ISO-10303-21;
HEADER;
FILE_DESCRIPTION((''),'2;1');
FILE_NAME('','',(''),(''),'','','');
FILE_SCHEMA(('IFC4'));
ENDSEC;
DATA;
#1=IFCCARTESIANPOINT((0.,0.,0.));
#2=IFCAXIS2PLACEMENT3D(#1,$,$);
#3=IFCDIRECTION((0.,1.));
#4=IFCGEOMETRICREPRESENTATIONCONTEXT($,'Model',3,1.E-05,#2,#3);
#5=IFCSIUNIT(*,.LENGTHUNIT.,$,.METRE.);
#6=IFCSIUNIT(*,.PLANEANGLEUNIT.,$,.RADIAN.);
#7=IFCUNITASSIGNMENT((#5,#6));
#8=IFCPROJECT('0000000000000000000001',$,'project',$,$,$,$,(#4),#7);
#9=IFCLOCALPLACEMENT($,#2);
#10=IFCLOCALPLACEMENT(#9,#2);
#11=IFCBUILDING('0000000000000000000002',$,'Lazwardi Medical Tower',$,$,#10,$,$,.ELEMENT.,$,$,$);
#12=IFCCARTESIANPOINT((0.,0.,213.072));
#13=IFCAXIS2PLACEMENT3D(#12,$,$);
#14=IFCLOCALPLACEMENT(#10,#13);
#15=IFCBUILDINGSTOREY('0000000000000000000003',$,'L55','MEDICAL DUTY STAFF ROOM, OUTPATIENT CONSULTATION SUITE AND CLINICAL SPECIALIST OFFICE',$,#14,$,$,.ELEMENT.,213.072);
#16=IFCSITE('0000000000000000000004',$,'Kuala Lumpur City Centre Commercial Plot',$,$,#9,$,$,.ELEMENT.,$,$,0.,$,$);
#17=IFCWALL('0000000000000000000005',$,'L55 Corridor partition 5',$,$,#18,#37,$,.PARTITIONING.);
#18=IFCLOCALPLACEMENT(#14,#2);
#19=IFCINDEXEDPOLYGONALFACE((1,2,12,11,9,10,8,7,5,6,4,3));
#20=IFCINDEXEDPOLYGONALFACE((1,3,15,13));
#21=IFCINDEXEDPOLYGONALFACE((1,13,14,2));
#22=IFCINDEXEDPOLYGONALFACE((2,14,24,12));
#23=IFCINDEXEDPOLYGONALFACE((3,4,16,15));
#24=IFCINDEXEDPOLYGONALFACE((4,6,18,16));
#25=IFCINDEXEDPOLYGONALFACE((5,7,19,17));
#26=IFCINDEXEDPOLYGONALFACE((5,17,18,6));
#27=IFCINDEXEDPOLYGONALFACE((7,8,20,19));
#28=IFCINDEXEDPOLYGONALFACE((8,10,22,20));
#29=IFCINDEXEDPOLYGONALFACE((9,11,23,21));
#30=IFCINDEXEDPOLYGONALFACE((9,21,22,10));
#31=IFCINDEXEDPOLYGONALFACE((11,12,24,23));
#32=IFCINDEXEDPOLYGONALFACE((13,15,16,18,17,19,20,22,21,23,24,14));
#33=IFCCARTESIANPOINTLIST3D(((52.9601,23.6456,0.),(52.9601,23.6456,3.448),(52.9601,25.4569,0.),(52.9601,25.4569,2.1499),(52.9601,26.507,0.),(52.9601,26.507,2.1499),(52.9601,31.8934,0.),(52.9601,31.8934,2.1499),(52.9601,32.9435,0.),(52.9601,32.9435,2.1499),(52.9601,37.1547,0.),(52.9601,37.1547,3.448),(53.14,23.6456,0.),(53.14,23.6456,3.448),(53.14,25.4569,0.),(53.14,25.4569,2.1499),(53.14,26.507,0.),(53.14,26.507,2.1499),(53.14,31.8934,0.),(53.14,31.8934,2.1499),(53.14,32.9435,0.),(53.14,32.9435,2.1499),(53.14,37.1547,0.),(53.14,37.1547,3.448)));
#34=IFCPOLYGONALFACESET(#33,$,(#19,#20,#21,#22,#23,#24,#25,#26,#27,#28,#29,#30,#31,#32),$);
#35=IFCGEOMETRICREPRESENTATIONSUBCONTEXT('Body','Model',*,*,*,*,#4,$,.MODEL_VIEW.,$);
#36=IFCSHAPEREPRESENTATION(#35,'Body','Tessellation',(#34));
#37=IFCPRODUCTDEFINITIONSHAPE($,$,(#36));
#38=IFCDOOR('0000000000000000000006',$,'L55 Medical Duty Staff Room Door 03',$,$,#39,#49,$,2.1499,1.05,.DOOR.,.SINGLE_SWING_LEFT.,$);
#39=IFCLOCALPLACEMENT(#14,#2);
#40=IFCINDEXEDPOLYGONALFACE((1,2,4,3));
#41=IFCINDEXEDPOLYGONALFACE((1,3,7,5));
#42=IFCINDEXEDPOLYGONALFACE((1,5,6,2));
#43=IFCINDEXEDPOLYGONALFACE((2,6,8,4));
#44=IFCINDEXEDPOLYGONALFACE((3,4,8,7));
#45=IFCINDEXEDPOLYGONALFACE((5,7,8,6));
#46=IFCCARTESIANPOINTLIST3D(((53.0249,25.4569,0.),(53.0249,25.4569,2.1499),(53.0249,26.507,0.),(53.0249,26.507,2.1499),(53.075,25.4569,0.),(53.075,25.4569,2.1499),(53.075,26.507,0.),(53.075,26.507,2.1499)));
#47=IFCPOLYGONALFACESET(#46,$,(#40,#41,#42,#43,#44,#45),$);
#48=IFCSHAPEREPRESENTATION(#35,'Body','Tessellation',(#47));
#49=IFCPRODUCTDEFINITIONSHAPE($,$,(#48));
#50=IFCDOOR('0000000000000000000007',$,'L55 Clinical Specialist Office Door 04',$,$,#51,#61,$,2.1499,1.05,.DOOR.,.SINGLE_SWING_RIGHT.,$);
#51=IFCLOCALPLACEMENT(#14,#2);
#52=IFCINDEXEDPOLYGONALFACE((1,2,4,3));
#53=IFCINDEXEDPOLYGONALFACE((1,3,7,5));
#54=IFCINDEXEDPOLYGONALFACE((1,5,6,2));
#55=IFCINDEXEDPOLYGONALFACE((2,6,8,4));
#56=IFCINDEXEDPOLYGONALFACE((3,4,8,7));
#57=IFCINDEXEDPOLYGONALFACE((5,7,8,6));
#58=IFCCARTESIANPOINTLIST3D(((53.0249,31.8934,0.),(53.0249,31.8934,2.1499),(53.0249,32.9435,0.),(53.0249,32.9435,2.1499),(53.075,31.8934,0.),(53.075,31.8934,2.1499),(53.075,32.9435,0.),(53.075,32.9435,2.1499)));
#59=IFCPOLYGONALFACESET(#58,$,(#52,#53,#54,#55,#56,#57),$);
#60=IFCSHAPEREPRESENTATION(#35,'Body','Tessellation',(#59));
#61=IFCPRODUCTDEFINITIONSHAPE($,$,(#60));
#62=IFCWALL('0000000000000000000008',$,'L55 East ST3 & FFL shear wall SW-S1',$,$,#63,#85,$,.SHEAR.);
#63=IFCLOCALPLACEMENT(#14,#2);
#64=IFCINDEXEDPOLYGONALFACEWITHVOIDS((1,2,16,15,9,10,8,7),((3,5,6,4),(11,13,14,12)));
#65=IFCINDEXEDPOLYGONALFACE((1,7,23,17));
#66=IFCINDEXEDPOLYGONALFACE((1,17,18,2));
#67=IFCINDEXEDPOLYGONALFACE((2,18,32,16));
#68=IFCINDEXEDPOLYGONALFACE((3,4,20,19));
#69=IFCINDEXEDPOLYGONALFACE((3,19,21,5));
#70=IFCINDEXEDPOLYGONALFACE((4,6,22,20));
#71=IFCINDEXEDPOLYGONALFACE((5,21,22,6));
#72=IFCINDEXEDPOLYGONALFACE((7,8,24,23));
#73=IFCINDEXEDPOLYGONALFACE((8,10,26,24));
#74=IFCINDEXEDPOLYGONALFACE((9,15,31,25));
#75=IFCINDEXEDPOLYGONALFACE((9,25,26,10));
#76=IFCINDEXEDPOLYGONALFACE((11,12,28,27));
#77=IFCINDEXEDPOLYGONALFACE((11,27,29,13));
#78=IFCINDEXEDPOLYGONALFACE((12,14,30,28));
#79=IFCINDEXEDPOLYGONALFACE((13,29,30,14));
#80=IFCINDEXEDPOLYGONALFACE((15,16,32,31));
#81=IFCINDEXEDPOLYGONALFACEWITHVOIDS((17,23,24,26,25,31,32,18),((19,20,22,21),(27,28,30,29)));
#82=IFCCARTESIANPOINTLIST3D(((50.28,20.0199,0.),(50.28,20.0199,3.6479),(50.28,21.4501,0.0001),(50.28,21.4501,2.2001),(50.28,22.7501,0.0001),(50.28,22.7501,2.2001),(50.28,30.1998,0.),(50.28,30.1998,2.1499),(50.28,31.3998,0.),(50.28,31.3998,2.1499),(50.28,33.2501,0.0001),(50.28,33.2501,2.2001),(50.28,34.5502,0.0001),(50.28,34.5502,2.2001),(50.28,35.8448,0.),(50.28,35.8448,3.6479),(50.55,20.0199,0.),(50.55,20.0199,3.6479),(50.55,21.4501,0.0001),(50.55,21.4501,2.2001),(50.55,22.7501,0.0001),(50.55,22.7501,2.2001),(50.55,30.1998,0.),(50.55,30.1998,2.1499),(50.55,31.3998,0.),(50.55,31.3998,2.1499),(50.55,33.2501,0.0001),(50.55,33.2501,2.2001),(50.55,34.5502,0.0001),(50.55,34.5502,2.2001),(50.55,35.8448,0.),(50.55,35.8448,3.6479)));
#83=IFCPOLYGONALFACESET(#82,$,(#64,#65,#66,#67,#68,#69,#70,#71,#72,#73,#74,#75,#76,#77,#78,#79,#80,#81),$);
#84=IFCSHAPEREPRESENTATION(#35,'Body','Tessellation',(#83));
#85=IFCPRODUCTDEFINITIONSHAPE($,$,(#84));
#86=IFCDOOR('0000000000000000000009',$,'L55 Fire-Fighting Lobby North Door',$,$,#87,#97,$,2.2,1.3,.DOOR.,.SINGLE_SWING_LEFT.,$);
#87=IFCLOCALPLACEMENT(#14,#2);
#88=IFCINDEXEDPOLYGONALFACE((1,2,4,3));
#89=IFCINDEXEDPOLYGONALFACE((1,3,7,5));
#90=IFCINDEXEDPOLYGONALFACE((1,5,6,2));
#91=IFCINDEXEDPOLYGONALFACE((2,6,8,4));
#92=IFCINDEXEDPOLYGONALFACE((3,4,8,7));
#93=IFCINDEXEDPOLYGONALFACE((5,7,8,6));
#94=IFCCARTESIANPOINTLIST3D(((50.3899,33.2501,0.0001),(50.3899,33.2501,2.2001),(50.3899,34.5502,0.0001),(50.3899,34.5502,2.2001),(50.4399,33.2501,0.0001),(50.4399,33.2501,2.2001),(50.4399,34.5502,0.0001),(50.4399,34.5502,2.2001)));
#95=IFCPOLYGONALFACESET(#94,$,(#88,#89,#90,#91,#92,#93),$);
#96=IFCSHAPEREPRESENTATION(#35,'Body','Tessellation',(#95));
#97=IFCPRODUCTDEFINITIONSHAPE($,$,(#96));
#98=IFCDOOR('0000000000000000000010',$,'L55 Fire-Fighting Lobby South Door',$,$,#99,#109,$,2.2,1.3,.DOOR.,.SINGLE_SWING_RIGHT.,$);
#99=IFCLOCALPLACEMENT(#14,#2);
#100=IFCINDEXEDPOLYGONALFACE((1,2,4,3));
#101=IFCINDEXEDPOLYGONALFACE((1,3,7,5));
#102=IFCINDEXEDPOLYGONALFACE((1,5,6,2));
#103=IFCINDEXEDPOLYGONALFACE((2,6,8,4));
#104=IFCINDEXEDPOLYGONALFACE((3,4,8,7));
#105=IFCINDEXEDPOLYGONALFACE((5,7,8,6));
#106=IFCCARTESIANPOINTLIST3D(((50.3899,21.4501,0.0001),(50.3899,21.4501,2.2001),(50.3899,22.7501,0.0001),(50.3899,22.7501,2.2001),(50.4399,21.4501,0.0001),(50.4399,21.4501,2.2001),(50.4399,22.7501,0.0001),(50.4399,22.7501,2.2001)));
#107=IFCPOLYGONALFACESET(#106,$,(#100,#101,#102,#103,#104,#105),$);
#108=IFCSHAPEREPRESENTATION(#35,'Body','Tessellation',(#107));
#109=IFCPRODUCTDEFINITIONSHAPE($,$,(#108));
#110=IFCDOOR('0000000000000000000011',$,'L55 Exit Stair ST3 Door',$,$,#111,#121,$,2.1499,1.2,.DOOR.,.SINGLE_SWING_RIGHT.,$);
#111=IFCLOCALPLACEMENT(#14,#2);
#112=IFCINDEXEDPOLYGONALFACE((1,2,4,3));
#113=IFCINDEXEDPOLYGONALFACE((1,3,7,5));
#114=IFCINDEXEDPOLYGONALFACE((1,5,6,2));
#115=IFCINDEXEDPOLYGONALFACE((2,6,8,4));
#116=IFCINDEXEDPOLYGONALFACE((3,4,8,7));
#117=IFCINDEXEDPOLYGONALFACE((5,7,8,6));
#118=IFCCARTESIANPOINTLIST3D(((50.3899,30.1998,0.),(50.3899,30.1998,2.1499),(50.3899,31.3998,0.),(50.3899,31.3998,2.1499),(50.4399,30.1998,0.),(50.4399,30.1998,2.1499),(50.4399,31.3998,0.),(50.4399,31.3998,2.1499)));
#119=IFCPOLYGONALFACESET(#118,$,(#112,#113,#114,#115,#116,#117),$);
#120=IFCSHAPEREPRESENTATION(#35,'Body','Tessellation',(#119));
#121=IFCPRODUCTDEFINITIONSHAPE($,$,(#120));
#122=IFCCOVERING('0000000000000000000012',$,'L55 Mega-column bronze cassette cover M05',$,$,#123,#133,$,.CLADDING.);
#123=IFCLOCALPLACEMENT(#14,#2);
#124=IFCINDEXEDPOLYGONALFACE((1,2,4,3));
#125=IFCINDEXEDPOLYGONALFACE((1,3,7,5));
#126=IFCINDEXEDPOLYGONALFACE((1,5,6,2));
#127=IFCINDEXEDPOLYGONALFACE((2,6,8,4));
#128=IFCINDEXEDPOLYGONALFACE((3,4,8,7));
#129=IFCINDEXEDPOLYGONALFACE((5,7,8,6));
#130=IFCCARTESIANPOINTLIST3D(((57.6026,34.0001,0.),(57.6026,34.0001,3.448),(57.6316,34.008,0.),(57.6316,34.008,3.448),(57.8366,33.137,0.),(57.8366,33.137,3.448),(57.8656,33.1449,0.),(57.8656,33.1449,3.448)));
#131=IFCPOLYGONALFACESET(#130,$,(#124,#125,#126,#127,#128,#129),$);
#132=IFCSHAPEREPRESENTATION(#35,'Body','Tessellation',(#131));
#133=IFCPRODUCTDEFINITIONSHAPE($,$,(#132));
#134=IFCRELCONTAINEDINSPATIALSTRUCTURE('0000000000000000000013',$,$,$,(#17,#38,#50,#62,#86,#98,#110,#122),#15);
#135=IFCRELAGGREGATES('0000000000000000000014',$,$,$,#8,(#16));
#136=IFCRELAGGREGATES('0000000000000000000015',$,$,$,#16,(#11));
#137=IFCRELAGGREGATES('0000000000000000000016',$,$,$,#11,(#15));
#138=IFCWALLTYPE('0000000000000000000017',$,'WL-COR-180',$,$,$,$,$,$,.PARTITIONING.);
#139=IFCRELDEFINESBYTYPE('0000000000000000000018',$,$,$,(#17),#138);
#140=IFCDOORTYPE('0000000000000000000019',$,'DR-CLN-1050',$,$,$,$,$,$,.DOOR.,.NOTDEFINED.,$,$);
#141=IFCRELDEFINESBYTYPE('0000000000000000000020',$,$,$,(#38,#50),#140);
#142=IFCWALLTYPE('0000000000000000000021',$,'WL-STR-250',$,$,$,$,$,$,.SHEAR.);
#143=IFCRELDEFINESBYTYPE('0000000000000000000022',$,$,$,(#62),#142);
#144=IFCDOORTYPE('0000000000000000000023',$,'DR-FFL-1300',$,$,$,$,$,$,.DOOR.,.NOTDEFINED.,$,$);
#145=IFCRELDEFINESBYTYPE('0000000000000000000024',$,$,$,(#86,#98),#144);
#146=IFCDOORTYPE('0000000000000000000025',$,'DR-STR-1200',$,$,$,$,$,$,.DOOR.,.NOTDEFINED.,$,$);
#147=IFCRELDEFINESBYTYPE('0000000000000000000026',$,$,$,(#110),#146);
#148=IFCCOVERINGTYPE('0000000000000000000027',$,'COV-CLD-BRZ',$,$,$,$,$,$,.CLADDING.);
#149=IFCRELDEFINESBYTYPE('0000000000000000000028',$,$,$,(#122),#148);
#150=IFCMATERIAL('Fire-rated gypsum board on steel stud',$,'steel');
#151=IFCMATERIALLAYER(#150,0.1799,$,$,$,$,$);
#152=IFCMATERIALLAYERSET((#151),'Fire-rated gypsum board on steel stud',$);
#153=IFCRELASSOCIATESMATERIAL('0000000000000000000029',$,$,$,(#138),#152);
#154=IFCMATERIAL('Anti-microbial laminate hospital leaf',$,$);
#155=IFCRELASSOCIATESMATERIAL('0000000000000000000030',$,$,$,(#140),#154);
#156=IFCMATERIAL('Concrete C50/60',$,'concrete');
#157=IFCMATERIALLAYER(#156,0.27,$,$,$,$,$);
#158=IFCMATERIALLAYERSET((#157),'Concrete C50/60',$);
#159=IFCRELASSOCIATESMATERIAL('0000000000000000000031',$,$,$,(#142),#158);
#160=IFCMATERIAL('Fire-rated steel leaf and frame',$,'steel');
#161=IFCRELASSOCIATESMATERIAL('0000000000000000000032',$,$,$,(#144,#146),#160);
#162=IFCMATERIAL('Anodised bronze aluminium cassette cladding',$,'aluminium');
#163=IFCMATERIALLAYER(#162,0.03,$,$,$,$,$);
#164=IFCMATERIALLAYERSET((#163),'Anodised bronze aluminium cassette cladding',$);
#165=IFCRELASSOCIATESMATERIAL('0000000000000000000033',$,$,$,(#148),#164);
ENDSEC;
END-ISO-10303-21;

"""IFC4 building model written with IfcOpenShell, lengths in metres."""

from ifc_helpers import new_model, si_unit, direction, frame, frame_2d, origin, origin_2d, place, context, subcontext, project, spatial, rectangle, extrude, material, layer, layer_set, type_object, element, fill, save


model = new_model("IFC4")

# Units and contexts
model_context = context("Model", 3, precision=1e-05, world=origin(), true_north=direction((0.0, 1.0)))
body_context = subcontext(model_context, "Body", "Model", "MODEL_VIEW")
ifc_project = project(units=[si_unit("LENGTHUNIT", "METRE"), si_unit("PLANEANGLEUNIT", "RADIAN")], contexts=[model_context])

# Site, building, storey
site_placement = place(None, origin())
site = spatial("IfcSite", under=ifc_project, at=site_placement, Name="Kuala Lumpur City Centre Commercial Plot", CompositionType="ELEMENT", RefElevation=0.0)
building_placement = place(site_placement, origin())
building = spatial("IfcBuilding", under=site, at=building_placement, Name="Lazwardi Medical Tower", CompositionType="ELEMENT")
storey_placement = place(building_placement, frame((0.0, 0.0, 213.072)))
storey = spatial("IfcBuildingStorey", under=building, at=storey_placement, Name="L55", Description="MEDICAL DUTY STAFF ROOM, OUTPATIENT CONSULTATION SUITE AND CLINICAL SPECIALIST OFFICE", CompositionType="ELEMENT", Elevation=213.072)

# Walls, openings, doors
ifc_material_1 = material(Name="Fire-rated gypsum board on steel stud", Category="steel")
ifc_layer_1 = layer(ifc_material_1, 0.1799)
ifc_layer_set_1 = layer_set([ifc_layer_1], Name="Fire-rated gypsum board on steel stud")
wall_type_1 = type_object("IfcWallType", Name="WL-COR-180", PredefinedType="PARTITIONING", material=ifc_layer_set_1)
wall_1_placement = place(storey_placement, frame((53.05, 37.1545, 0.0), z_axis=(0.0, 0.0, 1.0), x_axis=(0.0, -1.0, 0.0)))
wall_1 = element("IfcWall", 1, at=wall_1_placement, inside=storey, type_object=wall_type_1, Name="L55 Corridor partition 5", PredefinedType="PARTITIONING", context=body_context, shape_type="SweptSolid", body=[
    extrude(rectangle(XDim=13.509, YDim=0.1799, at=frame_2d((6.7544, 0.0))), origin(), (0.0, 0.0, 1.0), 3.448),
])
opening_1_placement = place(wall_1_placement, frame((10.6477, 0.0, 0.0)))
opening_1 = element("IfcOpeningElement", 2, at=opening_1_placement, cuts=wall_1, PredefinedType="OPENING", context=body_context, shape_type="SweptSolid", body=[
    extrude(rectangle(XDim=1.05, YDim=2.1499, at=frame_2d((0.5249, 1.075))), frame((0.0, 0.0999, 0.0), z_axis=(0.0, -1.0, 0.0), x_axis=(1.0, 0.0, 0.0)), (0.0, 0.0, 1.0), 0.2),
])
opening_2_placement = place(wall_1_placement, frame((4.2112, 0.0, 0.0)))
opening_2 = element("IfcOpeningElement", 3, at=opening_2_placement, cuts=wall_1, PredefinedType="OPENING", context=body_context, shape_type="SweptSolid", body=[
    extrude(rectangle(XDim=1.05, YDim=2.1499, at=frame_2d((0.5249, 1.075))), frame((0.0, 0.0999, 0.0), z_axis=(0.0, -1.0, 0.0), x_axis=(1.0, 0.0, 0.0)), (0.0, 0.0, 1.0), 0.2),
])
ifc_material_2 = material(Name="Anti-microbial laminate hospital leaf")
door_type_1 = type_object("IfcDoorType", Name="DR-CLN-1050", OperationType="NOTDEFINED", PredefinedType="DOOR", material=ifc_material_2)
door_1_placement = place(opening_1_placement, origin())
door_1 = element("IfcDoor", 4, at=door_1_placement, inside=storey, type_object=door_type_1, Name="L55 Medical Duty Staff Room Door 03", OperationType="SINGLE_SWING_LEFT", OverallHeight=2.1499, OverallWidth=1.05, PredefinedType="DOOR", context=body_context, shape_type="SweptSolid", body=[
    extrude(rectangle(XDim=1.05, YDim=2.1499, at=frame_2d((0.5249, 1.075))), frame((0.0, 0.0249, 0.0), z_axis=(0.0, -1.0, 0.0), x_axis=(1.0, 0.0, 0.0)), (0.0, 0.0, 1.0), 0.05),
])
fill(opening_1, door_1)
door_2_placement = place(opening_2_placement, origin())
door_2 = element("IfcDoor", 5, at=door_2_placement, inside=storey, type_object=door_type_1, Name="L55 Clinical Specialist Office Door 04", OperationType="SINGLE_SWING_RIGHT", OverallHeight=2.1499, OverallWidth=1.05, PredefinedType="DOOR", context=body_context, shape_type="SweptSolid", body=[
    extrude(rectangle(XDim=1.05, YDim=2.1499, at=frame_2d((0.5249, 1.075))), frame((0.0, 0.0249, 0.0), z_axis=(0.0, -1.0, 0.0), x_axis=(1.0, 0.0, 0.0)), (0.0, 0.0, 1.0), 0.05),
])
fill(opening_2, door_2)
ifc_material_3 = material(Name="Concrete C50/60", Category="concrete")
ifc_layer_2 = layer(ifc_material_3, 0.27)
ifc_layer_set_2 = layer_set([ifc_layer_2], Name="Concrete C50/60")
wall_type_2 = type_object("IfcWallType", Name="WL-STR-250", PredefinedType="SHEAR", material=ifc_layer_set_2)
wall_2_placement = place(storey_placement, frame((50.415, 35.845, 0.0), z_axis=(0.0, 0.0, 1.0), x_axis=(0.0, -1.0, 0.0)))
wall_2 = element("IfcWall", 6, at=wall_2_placement, inside=storey, type_object=wall_type_2, Name="L55 East ST3 & FFL shear wall SW-S1", PredefinedType="SHEAR", context=body_context, shape_type="SweptSolid", body=[
    extrude(rectangle(XDim=15.825, YDim=0.27, at=frame_2d((7.9126, 0.0))), origin(), (0.0, 0.0, 1.0), 3.6479),
])
opening_3_placement = place(wall_2_placement, frame((4.4451, 0.0, 0.0)))
opening_3 = element("IfcOpeningElement", 7, at=opening_3_placement, cuts=wall_2, PredefinedType="OPENING", context=body_context, shape_type="SweptSolid", body=[
    extrude(rectangle(XDim=1.2, YDim=2.1499, at=frame_2d((0.6001, 1.075))), frame((0.0, 0.145, 0.0), z_axis=(0.0, -1.0, 0.0), x_axis=(1.0, 0.0, 0.0)), (0.0, 0.0, 1.0), 0.29),
])
opening_4_placement = place(wall_2_placement, frame((1.2949, 0.0, 0.0)))
opening_4 = element("IfcOpeningElement", 8, at=opening_4_placement, cuts=wall_2, PredefinedType="OPENING", context=body_context, shape_type="SweptSolid", body=[
    extrude(rectangle(XDim=1.3, YDim=2.2, at=frame_2d((0.6499, 1.1001))), frame((0.0, 0.145, 0.0), z_axis=(0.0, -1.0, 0.0), x_axis=(1.0, 0.0, 0.0)), (0.0, 0.0, 1.0), 0.29),
])
opening_5_placement = place(wall_2_placement, frame((13.095, 0.0, 0.0)))
opening_5 = element("IfcOpeningElement", 9, at=opening_5_placement, cuts=wall_2, PredefinedType="OPENING", context=body_context, shape_type="SweptSolid", body=[
    extrude(rectangle(XDim=1.3, YDim=2.2, at=frame_2d((0.6499, 1.1001))), frame((0.0, 0.145, 0.0), z_axis=(0.0, -1.0, 0.0), x_axis=(1.0, 0.0, 0.0)), (0.0, 0.0, 1.0), 0.29),
])
ifc_material_4 = material(Name="Fire-rated steel leaf and frame", Category="steel")
door_type_2 = type_object("IfcDoorType", Name="DR-FFL-1300", OperationType="NOTDEFINED", PredefinedType="DOOR", material=ifc_material_4)
door_3_placement = place(opening_4_placement, origin())
door_3 = element("IfcDoor", 10, at=door_3_placement, inside=storey, type_object=door_type_2, Name="L55 Fire-Fighting Lobby North Door", OperationType="SINGLE_SWING_LEFT", OverallHeight=2.2, OverallWidth=1.3, PredefinedType="DOOR", context=body_context, shape_type="SweptSolid", body=[
    extrude(rectangle(XDim=1.3, YDim=2.2, at=frame_2d((0.6499, 1.1001))), frame((0.0, 0.0249, 0.0), z_axis=(0.0, -1.0, 0.0), x_axis=(1.0, 0.0, 0.0)), (0.0, 0.0, 1.0), 0.05),
])
fill(opening_4, door_3)
door_4_placement = place(opening_5_placement, origin())
door_4 = element("IfcDoor", 11, at=door_4_placement, inside=storey, type_object=door_type_2, Name="L55 Fire-Fighting Lobby South Door", OperationType="SINGLE_SWING_RIGHT", OverallHeight=2.2, OverallWidth=1.3, PredefinedType="DOOR", context=body_context, shape_type="SweptSolid", body=[
    extrude(rectangle(XDim=1.3, YDim=2.2, at=frame_2d((0.6499, 1.1001))), frame((0.0, 0.0249, 0.0), z_axis=(0.0, -1.0, 0.0), x_axis=(1.0, 0.0, 0.0)), (0.0, 0.0, 1.0), 0.05),
])
fill(opening_5, door_4)
door_type_3 = type_object("IfcDoorType", Name="DR-STR-1200", OperationType="NOTDEFINED", PredefinedType="DOOR", material=ifc_material_4)
door_5_placement = place(opening_3_placement, origin())
door_5 = element("IfcDoor", 12, at=door_5_placement, inside=storey, type_object=door_type_3, Name="L55 Exit Stair ST3 Door", OperationType="SINGLE_SWING_RIGHT", OverallHeight=2.1499, OverallWidth=1.2, PredefinedType="DOOR", context=body_context, shape_type="SweptSolid", body=[
    extrude(rectangle(XDim=1.2, YDim=2.1499, at=frame_2d((0.6001, 1.075))), frame((0.0, 0.0249, 0.0), z_axis=(0.0, -1.0, 0.0), x_axis=(1.0, 0.0, 0.0)), (0.0, 0.0, 1.0), 0.05),
])
fill(opening_3, door_5)

# Covering
ifc_material_5 = material(Name="Anodised bronze aluminium cassette cladding", Category="aluminium")
ifc_layer_3 = layer(ifc_material_5, 0.03)
ifc_layer_set_3 = layer_set([ifc_layer_3], Name="Anodised bronze aluminium cassette cladding")
covering_type = type_object("IfcCoveringType", Name="COV-CLD-BRZ", PredefinedType="CLADDING", material=ifc_layer_set_3)
covering_placement = place(storey_placement, frame((57.7341, 33.5725, 0.0), z_axis=(0.0, 0.0, 1.0), x_axis=(-0.261642, 0.965165, 0.0)))
element("IfcCovering", 13, at=covering_placement, inside=storey, type_object=covering_type, Name="L55 Mega-column bronze cassette cover M05", PredefinedType="CLADDING", context=body_context, shape_type="SweptSolid", body=[
    extrude(rectangle(XDim=0.8943, YDim=0.03, at=origin_2d()), origin(), (0.0, 0.0, 1.0), 3.448),
])

save(model, "model.ifc")
